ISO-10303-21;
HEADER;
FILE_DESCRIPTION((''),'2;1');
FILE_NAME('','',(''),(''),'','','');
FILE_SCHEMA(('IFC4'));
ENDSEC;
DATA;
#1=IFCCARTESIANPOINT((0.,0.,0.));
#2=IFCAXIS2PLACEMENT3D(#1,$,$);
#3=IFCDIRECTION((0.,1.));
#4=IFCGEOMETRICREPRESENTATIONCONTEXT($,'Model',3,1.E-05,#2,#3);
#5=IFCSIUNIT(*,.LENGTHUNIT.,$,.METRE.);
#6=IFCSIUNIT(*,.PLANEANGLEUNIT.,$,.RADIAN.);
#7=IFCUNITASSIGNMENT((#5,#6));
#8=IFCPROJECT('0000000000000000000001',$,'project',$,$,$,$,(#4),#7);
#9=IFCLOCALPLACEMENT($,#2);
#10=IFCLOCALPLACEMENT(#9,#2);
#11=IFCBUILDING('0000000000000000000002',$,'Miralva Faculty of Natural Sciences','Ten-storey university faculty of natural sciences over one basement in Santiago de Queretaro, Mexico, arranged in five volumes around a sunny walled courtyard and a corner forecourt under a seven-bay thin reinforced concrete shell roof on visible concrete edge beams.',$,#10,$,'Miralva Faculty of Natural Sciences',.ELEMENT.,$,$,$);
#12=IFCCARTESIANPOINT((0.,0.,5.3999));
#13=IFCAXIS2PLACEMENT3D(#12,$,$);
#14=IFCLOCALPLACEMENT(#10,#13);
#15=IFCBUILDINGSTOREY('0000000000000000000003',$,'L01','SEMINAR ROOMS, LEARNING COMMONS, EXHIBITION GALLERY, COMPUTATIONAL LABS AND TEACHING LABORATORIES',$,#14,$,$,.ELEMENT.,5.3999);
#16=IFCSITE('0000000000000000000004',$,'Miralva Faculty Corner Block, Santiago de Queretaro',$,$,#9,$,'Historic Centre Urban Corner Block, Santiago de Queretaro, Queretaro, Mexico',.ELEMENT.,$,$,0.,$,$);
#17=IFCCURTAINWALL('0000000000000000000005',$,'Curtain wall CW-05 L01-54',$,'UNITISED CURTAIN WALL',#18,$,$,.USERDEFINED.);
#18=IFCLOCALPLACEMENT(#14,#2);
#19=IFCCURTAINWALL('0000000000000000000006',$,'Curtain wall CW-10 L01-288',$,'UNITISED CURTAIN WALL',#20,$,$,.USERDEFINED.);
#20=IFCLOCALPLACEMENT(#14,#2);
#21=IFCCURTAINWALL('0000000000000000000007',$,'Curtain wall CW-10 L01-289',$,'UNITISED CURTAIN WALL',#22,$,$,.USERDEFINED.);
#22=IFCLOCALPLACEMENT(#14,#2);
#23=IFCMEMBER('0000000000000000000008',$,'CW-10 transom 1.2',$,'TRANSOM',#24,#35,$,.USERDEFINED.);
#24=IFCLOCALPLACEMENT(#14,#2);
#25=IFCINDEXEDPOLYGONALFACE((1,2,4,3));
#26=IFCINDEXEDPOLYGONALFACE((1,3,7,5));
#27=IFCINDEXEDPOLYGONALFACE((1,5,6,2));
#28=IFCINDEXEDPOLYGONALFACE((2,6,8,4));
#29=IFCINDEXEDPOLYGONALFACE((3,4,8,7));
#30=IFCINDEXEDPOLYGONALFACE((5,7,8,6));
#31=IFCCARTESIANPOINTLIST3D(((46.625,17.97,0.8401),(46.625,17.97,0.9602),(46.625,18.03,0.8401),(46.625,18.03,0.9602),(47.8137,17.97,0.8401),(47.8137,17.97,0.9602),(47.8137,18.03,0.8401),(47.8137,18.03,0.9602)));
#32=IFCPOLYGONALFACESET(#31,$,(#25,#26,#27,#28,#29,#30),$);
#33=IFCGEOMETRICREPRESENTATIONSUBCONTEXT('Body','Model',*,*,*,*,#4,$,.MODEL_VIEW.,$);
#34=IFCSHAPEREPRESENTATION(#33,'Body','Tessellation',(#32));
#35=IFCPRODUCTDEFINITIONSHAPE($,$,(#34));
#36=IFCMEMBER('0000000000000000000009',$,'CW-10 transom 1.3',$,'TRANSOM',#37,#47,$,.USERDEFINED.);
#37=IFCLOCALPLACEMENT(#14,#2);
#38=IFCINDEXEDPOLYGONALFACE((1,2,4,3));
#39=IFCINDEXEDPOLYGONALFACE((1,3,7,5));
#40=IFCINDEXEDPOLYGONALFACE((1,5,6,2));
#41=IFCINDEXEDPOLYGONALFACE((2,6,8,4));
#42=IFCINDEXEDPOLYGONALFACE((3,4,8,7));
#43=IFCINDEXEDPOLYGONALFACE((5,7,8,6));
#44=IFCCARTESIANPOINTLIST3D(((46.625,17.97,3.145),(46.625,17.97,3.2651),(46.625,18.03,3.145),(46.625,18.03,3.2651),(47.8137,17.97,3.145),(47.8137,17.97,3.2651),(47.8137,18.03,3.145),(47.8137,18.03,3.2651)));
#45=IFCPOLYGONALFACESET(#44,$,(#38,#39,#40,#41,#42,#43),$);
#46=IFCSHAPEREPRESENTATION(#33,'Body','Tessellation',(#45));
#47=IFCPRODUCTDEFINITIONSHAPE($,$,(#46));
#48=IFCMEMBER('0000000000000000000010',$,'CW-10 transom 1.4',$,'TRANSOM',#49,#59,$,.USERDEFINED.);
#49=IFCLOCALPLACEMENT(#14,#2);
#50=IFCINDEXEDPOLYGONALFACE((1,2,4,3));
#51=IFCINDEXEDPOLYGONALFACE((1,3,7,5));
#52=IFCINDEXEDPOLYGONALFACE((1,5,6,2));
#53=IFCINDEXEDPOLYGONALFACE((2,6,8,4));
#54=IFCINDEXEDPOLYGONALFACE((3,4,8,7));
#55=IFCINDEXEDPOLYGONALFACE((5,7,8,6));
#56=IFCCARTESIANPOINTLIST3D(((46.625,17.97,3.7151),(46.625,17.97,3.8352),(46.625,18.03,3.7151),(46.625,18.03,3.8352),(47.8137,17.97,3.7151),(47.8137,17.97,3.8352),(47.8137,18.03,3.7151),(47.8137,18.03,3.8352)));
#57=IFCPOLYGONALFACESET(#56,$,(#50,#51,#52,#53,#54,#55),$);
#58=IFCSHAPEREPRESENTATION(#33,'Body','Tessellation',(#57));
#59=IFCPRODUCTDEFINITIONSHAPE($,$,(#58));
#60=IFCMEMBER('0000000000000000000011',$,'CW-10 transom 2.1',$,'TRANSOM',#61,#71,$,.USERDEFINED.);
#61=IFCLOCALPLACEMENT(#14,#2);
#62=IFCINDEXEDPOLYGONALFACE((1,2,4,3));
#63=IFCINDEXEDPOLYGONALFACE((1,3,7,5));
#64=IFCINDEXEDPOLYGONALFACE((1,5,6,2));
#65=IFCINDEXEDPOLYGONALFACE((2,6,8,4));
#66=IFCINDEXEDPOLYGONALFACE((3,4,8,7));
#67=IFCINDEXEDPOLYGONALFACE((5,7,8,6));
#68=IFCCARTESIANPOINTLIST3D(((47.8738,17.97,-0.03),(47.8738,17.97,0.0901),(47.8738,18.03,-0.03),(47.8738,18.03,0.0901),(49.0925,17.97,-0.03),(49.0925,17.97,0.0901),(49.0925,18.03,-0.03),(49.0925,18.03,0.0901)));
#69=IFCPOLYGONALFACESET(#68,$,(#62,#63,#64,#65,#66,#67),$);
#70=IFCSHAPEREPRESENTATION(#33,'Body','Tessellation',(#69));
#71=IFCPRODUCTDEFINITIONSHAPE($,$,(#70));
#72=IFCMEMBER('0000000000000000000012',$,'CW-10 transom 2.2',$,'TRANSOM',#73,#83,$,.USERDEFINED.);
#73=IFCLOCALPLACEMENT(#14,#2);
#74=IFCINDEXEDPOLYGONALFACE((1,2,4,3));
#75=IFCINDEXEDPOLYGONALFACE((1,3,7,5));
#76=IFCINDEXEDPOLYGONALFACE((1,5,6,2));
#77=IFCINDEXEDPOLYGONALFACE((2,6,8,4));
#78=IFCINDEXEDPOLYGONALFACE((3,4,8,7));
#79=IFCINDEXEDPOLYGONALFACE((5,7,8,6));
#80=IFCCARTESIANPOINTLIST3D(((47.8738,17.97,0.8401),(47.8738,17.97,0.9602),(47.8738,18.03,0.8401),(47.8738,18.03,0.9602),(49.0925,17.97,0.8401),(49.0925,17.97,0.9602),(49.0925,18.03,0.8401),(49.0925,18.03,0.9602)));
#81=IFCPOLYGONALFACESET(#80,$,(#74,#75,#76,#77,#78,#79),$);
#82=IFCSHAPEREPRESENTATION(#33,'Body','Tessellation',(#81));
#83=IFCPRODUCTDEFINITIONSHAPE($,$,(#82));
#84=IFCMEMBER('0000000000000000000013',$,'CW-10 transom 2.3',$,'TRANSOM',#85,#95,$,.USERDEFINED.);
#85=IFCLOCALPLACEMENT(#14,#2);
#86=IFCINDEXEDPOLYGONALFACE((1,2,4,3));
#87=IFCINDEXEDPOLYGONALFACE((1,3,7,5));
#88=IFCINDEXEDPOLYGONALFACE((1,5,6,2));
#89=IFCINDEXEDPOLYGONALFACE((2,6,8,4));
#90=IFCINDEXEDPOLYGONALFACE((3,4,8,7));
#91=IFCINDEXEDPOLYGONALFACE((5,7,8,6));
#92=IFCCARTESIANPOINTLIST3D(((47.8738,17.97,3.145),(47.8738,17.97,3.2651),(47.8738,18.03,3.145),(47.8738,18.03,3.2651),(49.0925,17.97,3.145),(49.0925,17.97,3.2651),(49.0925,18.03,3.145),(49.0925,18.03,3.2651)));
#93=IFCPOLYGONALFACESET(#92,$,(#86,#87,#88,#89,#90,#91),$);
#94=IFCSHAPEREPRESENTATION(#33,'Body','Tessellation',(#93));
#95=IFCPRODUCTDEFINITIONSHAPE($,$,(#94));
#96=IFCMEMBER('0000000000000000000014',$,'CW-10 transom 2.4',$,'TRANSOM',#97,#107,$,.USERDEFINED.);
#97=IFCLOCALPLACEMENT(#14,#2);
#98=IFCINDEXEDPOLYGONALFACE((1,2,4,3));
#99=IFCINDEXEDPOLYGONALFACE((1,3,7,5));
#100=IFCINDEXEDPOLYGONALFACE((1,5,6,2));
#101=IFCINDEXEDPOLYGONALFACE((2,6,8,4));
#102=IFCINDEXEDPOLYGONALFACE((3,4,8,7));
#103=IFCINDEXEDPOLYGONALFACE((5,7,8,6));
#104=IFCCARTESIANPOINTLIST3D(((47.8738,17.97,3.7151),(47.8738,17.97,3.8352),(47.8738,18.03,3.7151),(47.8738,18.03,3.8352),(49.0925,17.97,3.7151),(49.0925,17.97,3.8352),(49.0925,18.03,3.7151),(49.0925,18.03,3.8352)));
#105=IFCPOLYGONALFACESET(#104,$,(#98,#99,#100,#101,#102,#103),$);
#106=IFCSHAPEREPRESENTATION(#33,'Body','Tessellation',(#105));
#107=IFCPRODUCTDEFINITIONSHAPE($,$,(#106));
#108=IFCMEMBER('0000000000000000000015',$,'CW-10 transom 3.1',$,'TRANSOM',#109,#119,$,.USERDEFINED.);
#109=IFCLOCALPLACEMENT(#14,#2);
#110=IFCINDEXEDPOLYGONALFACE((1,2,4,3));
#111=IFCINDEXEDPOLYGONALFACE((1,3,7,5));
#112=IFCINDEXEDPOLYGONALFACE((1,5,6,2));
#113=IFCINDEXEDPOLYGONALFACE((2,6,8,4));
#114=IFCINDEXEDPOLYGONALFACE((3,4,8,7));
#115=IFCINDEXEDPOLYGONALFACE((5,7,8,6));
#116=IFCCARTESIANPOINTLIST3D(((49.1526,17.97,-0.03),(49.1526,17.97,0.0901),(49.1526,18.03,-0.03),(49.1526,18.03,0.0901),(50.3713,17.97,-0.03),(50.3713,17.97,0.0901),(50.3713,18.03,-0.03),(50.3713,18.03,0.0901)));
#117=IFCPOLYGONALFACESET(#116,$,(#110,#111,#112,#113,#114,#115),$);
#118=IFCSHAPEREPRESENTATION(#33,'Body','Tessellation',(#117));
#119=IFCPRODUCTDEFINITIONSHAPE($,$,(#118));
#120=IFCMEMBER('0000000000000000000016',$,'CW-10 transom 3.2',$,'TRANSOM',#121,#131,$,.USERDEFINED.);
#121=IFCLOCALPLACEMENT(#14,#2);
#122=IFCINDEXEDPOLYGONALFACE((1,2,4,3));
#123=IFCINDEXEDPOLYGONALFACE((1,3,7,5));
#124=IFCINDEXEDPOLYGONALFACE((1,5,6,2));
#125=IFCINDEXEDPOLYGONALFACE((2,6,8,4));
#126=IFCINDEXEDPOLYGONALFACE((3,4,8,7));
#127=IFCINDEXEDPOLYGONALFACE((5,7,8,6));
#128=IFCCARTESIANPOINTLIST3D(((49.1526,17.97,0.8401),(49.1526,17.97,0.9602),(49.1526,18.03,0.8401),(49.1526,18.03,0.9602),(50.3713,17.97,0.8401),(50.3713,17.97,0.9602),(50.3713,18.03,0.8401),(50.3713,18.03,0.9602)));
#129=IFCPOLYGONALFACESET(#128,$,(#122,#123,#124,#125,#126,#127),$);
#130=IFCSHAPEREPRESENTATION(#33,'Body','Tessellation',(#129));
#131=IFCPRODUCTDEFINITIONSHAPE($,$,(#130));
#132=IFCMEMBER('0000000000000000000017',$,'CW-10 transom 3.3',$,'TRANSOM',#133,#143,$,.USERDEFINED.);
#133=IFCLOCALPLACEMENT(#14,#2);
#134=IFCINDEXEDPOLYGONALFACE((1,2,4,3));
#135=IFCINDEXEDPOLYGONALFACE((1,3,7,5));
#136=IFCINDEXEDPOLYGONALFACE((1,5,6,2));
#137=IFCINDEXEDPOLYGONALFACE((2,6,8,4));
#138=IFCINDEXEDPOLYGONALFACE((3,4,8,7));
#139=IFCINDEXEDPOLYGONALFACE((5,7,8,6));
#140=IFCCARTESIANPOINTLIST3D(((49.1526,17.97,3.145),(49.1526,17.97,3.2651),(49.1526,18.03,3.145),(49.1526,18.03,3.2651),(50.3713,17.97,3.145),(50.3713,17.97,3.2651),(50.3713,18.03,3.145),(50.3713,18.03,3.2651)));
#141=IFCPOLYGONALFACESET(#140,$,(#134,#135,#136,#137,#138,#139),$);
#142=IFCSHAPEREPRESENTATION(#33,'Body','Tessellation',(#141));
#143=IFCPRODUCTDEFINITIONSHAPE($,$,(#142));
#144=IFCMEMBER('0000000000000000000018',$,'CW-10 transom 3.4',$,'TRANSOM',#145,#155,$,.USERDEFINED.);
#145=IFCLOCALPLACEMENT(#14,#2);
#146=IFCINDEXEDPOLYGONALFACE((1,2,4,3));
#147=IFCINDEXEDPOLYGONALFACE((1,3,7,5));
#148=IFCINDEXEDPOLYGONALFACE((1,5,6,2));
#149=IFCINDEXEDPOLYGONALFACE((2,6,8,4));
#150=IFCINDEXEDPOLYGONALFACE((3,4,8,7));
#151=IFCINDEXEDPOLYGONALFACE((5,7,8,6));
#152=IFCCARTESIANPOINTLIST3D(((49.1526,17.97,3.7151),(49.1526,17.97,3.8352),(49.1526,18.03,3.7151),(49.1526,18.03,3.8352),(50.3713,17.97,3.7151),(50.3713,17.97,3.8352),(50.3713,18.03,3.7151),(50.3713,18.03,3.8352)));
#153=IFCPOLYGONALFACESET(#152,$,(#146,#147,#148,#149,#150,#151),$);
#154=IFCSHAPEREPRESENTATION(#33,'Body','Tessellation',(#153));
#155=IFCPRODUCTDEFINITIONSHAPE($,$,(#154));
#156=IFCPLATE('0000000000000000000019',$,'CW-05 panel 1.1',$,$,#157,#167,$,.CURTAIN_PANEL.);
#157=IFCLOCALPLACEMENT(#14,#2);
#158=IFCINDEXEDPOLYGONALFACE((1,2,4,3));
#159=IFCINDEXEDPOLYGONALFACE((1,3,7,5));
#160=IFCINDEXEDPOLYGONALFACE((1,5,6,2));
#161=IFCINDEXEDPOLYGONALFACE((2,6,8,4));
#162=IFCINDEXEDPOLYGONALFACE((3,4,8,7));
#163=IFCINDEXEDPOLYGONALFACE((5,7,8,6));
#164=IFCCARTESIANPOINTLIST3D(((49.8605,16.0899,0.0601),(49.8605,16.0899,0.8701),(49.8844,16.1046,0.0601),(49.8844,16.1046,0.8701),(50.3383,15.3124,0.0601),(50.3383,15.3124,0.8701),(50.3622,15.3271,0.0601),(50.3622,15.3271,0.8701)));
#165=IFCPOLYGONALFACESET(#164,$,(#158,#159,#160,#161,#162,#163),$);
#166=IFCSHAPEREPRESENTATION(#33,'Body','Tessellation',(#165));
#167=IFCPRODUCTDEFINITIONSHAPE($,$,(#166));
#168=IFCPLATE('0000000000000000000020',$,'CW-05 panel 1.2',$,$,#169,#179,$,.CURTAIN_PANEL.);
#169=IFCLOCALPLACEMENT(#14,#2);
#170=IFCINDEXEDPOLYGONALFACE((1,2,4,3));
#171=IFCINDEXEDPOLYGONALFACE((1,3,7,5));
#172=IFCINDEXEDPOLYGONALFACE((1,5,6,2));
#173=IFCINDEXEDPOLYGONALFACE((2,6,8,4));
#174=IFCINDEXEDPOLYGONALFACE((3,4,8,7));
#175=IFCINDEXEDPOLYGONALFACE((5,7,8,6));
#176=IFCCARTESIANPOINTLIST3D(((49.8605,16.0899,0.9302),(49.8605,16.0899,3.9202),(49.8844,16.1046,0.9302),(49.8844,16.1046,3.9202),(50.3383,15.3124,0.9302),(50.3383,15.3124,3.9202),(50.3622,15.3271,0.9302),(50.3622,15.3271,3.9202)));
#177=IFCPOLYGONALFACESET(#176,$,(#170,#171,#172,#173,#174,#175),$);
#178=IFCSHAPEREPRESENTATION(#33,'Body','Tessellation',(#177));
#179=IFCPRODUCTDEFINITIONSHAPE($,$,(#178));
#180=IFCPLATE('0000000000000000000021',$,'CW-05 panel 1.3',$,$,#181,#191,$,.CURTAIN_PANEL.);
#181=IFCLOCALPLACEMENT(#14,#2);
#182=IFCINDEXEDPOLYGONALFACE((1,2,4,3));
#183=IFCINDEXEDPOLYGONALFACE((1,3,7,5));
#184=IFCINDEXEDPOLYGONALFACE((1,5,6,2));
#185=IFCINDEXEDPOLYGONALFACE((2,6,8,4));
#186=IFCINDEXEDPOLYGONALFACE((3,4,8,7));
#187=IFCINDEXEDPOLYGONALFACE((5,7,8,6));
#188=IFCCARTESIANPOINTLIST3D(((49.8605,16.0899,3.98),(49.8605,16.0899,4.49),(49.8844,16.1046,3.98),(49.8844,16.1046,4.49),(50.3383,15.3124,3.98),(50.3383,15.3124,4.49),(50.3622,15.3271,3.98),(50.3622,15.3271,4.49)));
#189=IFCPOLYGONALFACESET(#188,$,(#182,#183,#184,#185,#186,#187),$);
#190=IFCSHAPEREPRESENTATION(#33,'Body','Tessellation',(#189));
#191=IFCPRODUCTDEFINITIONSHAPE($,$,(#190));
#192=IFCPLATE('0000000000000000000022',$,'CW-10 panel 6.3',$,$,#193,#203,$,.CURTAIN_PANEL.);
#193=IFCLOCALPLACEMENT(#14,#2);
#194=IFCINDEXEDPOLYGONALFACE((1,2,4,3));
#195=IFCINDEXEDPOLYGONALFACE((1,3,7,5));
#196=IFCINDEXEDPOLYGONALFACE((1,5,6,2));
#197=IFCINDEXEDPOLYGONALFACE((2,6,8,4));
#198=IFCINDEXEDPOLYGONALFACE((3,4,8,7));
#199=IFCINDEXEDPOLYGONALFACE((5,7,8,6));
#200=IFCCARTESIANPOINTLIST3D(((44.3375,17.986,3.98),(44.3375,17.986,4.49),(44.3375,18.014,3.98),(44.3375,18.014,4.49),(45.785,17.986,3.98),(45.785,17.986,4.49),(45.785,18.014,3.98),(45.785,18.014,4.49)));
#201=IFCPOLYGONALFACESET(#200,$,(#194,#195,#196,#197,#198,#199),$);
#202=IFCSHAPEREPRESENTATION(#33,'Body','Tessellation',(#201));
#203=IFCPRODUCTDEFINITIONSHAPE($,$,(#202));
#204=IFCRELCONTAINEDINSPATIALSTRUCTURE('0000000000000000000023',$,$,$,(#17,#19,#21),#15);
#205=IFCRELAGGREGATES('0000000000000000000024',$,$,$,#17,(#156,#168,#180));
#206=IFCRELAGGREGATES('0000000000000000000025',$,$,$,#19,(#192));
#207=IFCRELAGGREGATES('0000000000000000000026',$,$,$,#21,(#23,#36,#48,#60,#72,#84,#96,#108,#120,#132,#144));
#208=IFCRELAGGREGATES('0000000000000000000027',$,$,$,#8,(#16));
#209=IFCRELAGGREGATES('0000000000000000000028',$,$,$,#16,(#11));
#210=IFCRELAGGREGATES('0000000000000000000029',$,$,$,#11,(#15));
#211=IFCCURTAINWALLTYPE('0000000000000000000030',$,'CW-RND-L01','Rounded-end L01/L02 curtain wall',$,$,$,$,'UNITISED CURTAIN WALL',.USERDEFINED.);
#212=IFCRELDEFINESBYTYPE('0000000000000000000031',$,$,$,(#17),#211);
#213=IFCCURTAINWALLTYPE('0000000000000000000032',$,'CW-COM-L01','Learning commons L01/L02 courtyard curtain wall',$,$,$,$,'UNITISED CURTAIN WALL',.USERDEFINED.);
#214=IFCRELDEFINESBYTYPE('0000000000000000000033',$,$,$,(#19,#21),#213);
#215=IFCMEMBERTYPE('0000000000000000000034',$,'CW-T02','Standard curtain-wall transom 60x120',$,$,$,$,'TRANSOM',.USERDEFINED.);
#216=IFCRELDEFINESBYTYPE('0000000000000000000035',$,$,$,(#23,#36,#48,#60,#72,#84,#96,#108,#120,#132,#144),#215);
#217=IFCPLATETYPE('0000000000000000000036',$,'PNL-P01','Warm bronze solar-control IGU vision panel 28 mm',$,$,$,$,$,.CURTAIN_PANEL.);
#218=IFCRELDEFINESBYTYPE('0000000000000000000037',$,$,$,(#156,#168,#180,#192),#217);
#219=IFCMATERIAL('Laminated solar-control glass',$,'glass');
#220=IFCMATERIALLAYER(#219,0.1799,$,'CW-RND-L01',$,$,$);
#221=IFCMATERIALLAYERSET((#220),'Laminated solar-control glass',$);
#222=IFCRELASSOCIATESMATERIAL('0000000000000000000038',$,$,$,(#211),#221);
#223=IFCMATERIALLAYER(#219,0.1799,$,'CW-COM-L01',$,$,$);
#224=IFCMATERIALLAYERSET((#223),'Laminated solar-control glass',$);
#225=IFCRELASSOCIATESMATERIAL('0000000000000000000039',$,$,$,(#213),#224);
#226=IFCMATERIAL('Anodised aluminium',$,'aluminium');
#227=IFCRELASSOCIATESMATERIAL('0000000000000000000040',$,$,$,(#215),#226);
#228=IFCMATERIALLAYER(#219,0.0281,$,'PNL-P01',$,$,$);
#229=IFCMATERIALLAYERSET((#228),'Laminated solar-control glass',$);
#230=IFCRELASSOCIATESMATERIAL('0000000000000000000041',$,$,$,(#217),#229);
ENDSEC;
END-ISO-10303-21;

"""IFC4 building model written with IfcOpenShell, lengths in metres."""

from ifc_helpers import new_model, si_unit, direction, frame, origin, origin_2d, place, context, subcontext, project, spatial, rectangle, extrude, material, layer, layer_set, material_profile, profile_set, type_object, element, aggregate, save


model = new_model("IFC4")

# Units and contexts
model_context = context("Model", 3, precision=1e-05, world=origin(), true_north=direction((0.0, 1.0)))
body_context = subcontext(model_context, "Body", "Model", "MODEL_VIEW")
ifc_project = project(units=[si_unit("LENGTHUNIT", "METRE"), si_unit("PLANEANGLEUNIT", "RADIAN")], contexts=[model_context])

# Site, building, storey
site_placement = place(None, origin())
site = spatial("IfcSite", under=ifc_project, at=site_placement, Name="Miralva Faculty Corner Block, Santiago de Queretaro", LongName="Historic Centre Urban Corner Block, Santiago de Queretaro, Queretaro, Mexico", CompositionType="ELEMENT", RefElevation=0.0)
building_placement = place(site_placement, origin())
building = spatial("IfcBuilding", under=site, at=building_placement, Name="Miralva Faculty of Natural Sciences", Description="Ten-storey university faculty of natural sciences over one basement in Santiago de Queretaro, Mexico, arranged in five volumes around a sunny walled courtyard and a corner forecourt under a seven-bay thin reinforced concrete shell roof on visible concrete edge beams.", LongName="Miralva Faculty of Natural Sciences", CompositionType="ELEMENT")
storey_placement = place(building_placement, frame((0.0, 0.0, 5.3999)))
storey = spatial("IfcBuildingStorey", under=building, at=storey_placement, Name="L01", Description="SEMINAR ROOMS, LEARNING COMMONS, EXHIBITION GALLERY, COMPUTATIONAL LABS AND TEACHING LABORATORIES", CompositionType="ELEMENT", Elevation=5.3999)

# Curtain wall
ifc_material_1 = material(Name="Laminated solar-control glass", Category="glass")
ifc_layer_1 = layer(ifc_material_1, 0.1799, Name="CW-RND-L01")
ifc_layer_set_1 = layer_set([ifc_layer_1], Name="Laminated solar-control glass")
curtain_wall_type_1 = type_object("IfcCurtainWallType", Name="CW-RND-L01", Description="Rounded-end L01/L02 curtain wall", ElementType="UNITISED CURTAIN WALL", PredefinedType="USERDEFINED", material=ifc_layer_set_1)
curtain_wall_1_placement = place(storey_placement, origin())
curtain_wall_1 = element("IfcCurtainWall", 1, at=curtain_wall_1_placement, inside=storey, type_object=curtain_wall_type_1, Name="Curtain wall CW-05 L01-54", ObjectType="UNITISED CURTAIN WALL", PredefinedType="USERDEFINED")
ifc_material_2 = material(Name="Anodised aluminium", Category="aluminium")

# Curtain wall
ifc_layer_2 = layer(ifc_material_1, 0.1799, Name="CW-COM-L01")
ifc_layer_set_2 = layer_set([ifc_layer_2], Name="Laminated solar-control glass")
curtain_wall_type_2 = type_object("IfcCurtainWallType", Name="CW-COM-L01", Description="Learning commons L01/L02 courtyard curtain wall", ElementType="UNITISED CURTAIN WALL", PredefinedType="USERDEFINED", material=ifc_layer_set_2)
curtain_wall_2_placement = place(storey_placement, origin())
curtain_wall_2 = element("IfcCurtainWall", 2, at=curtain_wall_2_placement, inside=storey, type_object=curtain_wall_type_2, Name="Curtain wall CW-10 L01-288", ObjectType="UNITISED CURTAIN WALL", PredefinedType="USERDEFINED")

# Curtain wall
curtain_wall_3_placement = place(storey_placement, origin())
curtain_wall_3 = element("IfcCurtainWall", 3, at=curtain_wall_3_placement, inside=storey, type_object=curtain_wall_type_2, Name="Curtain wall CW-10 L01-289", ObjectType="UNITISED CURTAIN WALL", PredefinedType="USERDEFINED")

# Members
ifc_material_profile_1 = material_profile(ifc_material_2, rectangle(XDim=0.0601, YDim=0.1201, at=origin_2d()), Name="TRANSOM 60x120")
ifc_profile_set_1 = profile_set([ifc_material_profile_1], Name="Anodised aluminium")
member_type_1 = type_object("IfcMemberType", Name="CW-T02", Description="Standard curtain-wall transom 60x120", ElementType="TRANSOM", PredefinedType="USERDEFINED", material=ifc_profile_set_1)
member_1_placement = place(storey_placement, frame((46.625, 18.0, 0.9001), z_axis=(1.0, 0.0, 0.0), x_axis=(0.0, 1.0, 0.0)))
member_1 = element("IfcMember", 4, at=member_1_placement, type_object=member_type_1, Name="CW-10 transom 1.2", ObjectType="TRANSOM", PredefinedType="USERDEFINED", context=body_context, shape_type="SweptSolid", body=[
    extrude(rectangle(XDim=0.0601, YDim=0.1201, at=origin_2d()), origin(), (0.0, 0.0, 1.0), 1.1887),
])
member_2_placement = place(storey_placement, frame((46.625, 18.0, 3.2051), z_axis=(1.0, 0.0, 0.0), x_axis=(0.0, 1.0, 0.0)))
member_2 = element("IfcMember", 5, at=member_2_placement, type_object=member_type_1, Name="CW-10 transom 1.3", ObjectType="TRANSOM", PredefinedType="USERDEFINED", context=body_context, shape_type="SweptSolid", body=[
    extrude(rectangle(XDim=0.0601, YDim=0.1201, at=origin_2d()), origin(), (0.0, 0.0, 1.0), 1.1887),
])
member_3_placement = place(storey_placement, frame((46.625, 18.0, 3.7751), z_axis=(1.0, 0.0, 0.0), x_axis=(0.0, 1.0, 0.0)))
member_3 = element("IfcMember", 6, at=member_3_placement, type_object=member_type_1, Name="CW-10 transom 1.4", ObjectType="TRANSOM", PredefinedType="USERDEFINED", context=body_context, shape_type="SweptSolid", body=[
    extrude(rectangle(XDim=0.0601, YDim=0.1201, at=origin_2d()), origin(), (0.0, 0.0, 1.0), 1.1887),
])
member_4_placement = place(storey_placement, frame((47.8738, 18.0, 0.03), z_axis=(1.0, 0.0, 0.0), x_axis=(0.0, 1.0, 0.0)))
member_4 = element("IfcMember", 7, at=member_4_placement, type_object=member_type_1, Name="CW-10 transom 2.1", ObjectType="TRANSOM", PredefinedType="USERDEFINED", context=body_context, shape_type="SweptSolid", body=[
    extrude(rectangle(XDim=0.0601, YDim=0.1201, at=origin_2d()), origin(), (0.0, 0.0, 1.0), 1.2188),
])
member_5_placement = place(storey_placement, frame((47.8738, 18.0, 0.9001), z_axis=(1.0, 0.0, 0.0), x_axis=(0.0, 1.0, 0.0)))
member_5 = element("IfcMember", 8, at=member_5_placement, type_object=member_type_1, Name="CW-10 transom 2.2", ObjectType="TRANSOM", PredefinedType="USERDEFINED", context=body_context, shape_type="SweptSolid", body=[
    extrude(rectangle(XDim=0.0601, YDim=0.1201, at=origin_2d()), origin(), (0.0, 0.0, 1.0), 1.2188),
])
member_6_placement = place(storey_placement, frame((47.8738, 18.0, 3.2051), z_axis=(1.0, 0.0, 0.0), x_axis=(0.0, 1.0, 0.0)))
member_6 = element("IfcMember", 9, at=member_6_placement, type_object=member_type_1, Name="CW-10 transom 2.3", ObjectType="TRANSOM", PredefinedType="USERDEFINED", context=body_context, shape_type="SweptSolid", body=[
    extrude(rectangle(XDim=0.0601, YDim=0.1201, at=origin_2d()), origin(), (0.0, 0.0, 1.0), 1.2188),
])
member_7_placement = place(storey_placement, frame((47.8738, 18.0, 3.7751), z_axis=(1.0, 0.0, 0.0), x_axis=(0.0, 1.0, 0.0)))
member_7 = element("IfcMember", 10, at=member_7_placement, type_object=member_type_1, Name="CW-10 transom 2.4", ObjectType="TRANSOM", PredefinedType="USERDEFINED", context=body_context, shape_type="SweptSolid", body=[
    extrude(rectangle(XDim=0.0601, YDim=0.1201, at=origin_2d()), origin(), (0.0, 0.0, 1.0), 1.2188),
])
member_8_placement = place(storey_placement, frame((49.1526, 18.0, 0.03), z_axis=(1.0, 0.0, 0.0), x_axis=(0.0, 1.0, 0.0)))
member_8 = element("IfcMember", 11, at=member_8_placement, type_object=member_type_1, Name="CW-10 transom 3.1", ObjectType="TRANSOM", PredefinedType="USERDEFINED", context=body_context, shape_type="SweptSolid", body=[
    extrude(rectangle(XDim=0.0601, YDim=0.1201, at=origin_2d()), origin(), (0.0, 0.0, 1.0), 1.2188),
])
member_9_placement = place(storey_placement, frame((49.1526, 18.0, 0.9001), z_axis=(1.0, 0.0, 0.0), x_axis=(0.0, 1.0, 0.0)))
member_9 = element("IfcMember", 12, at=member_9_placement, type_object=member_type_1, Name="CW-10 transom 3.2", ObjectType="TRANSOM", PredefinedType="USERDEFINED", context=body_context, shape_type="SweptSolid", body=[
    extrude(rectangle(XDim=0.0601, YDim=0.1201, at=origin_2d()), origin(), (0.0, 0.0, 1.0), 1.2188),
])
member_10_placement = place(storey_placement, frame((49.1526, 18.0, 3.2051), z_axis=(1.0, 0.0, 0.0), x_axis=(0.0, 1.0, 0.0)))
member_10 = element("IfcMember", 13, at=member_10_placement, type_object=member_type_1, Name="CW-10 transom 3.3", ObjectType="TRANSOM", PredefinedType="USERDEFINED", context=body_context, shape_type="SweptSolid", body=[
    extrude(rectangle(XDim=0.0601, YDim=0.1201, at=origin_2d()), origin(), (0.0, 0.0, 1.0), 1.2188),
])
member_11_placement = place(storey_placement, frame((49.1526, 18.0, 3.7751), z_axis=(1.0, 0.0, 0.0), x_axis=(0.0, 1.0, 0.0)))
member_11 = element("IfcMember", 14, at=member_11_placement, type_object=member_type_1, Name="CW-10 transom 3.4", ObjectType="TRANSOM", PredefinedType="USERDEFINED", context=body_context, shape_type="SweptSolid", body=[
    extrude(rectangle(XDim=0.0601, YDim=0.1201, at=origin_2d()), origin(), (0.0, 0.0, 1.0), 1.2188),
])

# Plates
ifc_layer_3 = layer(ifc_material_1, 0.0281, Name="PNL-P01")
ifc_layer_set_3 = layer_set([ifc_layer_3], Name="Laminated solar-control glass")
plate_type = type_object("IfcPlateType", Name="PNL-P01", Description="Warm bronze solar-control IGU vision panel 28 mm", PredefinedType="CURTAIN_PANEL", material=ifc_layer_set_3)
plate_1_placement = place(storey_placement, frame((50.1113, 15.7085, 0.0601), z_axis=(0.0, 0.0, 1.0), x_axis=(0.523551, -0.851995, 0.0)))
plate_1 = element("IfcPlate", 15, at=plate_1_placement, type_object=plate_type, Name="CW-05 panel 1.1", PredefinedType="CURTAIN_PANEL", context=body_context, shape_type="SweptSolid", body=[
    extrude(rectangle(XDim=0.9126, YDim=0.0281, at=origin_2d()), origin(), (0.0, 0.0, 1.0), 0.8101),
])
plate_2_placement = place(storey_placement, frame((50.1113, 15.7085, 0.9302), z_axis=(0.0, 0.0, 1.0), x_axis=(0.523551, -0.851995, 0.0)))
plate_2 = element("IfcPlate", 16, at=plate_2_placement, type_object=plate_type, Name="CW-05 panel 1.2", PredefinedType="CURTAIN_PANEL", context=body_context, shape_type="SweptSolid", body=[
    extrude(rectangle(XDim=0.9126, YDim=0.0281, at=origin_2d()), origin(), (0.0, 0.0, 1.0), 2.99),
])
plate_3_placement = place(storey_placement, frame((50.1113, 15.7085, 3.98), z_axis=(0.0, 0.0, 1.0), x_axis=(0.523551, -0.851995, 0.0)))
plate_3 = element("IfcPlate", 17, at=plate_3_placement, type_object=plate_type, Name="CW-05 panel 1.3", PredefinedType="CURTAIN_PANEL", context=body_context, shape_type="SweptSolid", body=[
    extrude(rectangle(XDim=0.9126, YDim=0.0281, at=origin_2d()), origin(), (0.0, 0.0, 1.0), 0.51),
])
aggregate(curtain_wall_1, [plate_1, plate_2, plate_3])
plate_4_placement = place(storey_placement, frame((45.0613, 18.0, 3.98), z_axis=(0.0, 0.0, 1.0), x_axis=(1.0, 0.0, 0.0)))
plate_4 = element("IfcPlate", 18, at=plate_4_placement, type_object=plate_type, Name="CW-10 panel 6.3", PredefinedType="CURTAIN_PANEL", context=body_context, shape_type="SweptSolid", body=[
    extrude(rectangle(XDim=1.4475, YDim=0.0281, at=origin_2d()), origin(), (0.0, 0.0, 1.0), 0.51),
])
aggregate(curtain_wall_2, [plate_4])
aggregate(curtain_wall_3, [member_1, member_2, member_3, member_4, member_5, member_6, member_7, member_8, member_9, member_10, member_11])

save(model, "model.ifc")
